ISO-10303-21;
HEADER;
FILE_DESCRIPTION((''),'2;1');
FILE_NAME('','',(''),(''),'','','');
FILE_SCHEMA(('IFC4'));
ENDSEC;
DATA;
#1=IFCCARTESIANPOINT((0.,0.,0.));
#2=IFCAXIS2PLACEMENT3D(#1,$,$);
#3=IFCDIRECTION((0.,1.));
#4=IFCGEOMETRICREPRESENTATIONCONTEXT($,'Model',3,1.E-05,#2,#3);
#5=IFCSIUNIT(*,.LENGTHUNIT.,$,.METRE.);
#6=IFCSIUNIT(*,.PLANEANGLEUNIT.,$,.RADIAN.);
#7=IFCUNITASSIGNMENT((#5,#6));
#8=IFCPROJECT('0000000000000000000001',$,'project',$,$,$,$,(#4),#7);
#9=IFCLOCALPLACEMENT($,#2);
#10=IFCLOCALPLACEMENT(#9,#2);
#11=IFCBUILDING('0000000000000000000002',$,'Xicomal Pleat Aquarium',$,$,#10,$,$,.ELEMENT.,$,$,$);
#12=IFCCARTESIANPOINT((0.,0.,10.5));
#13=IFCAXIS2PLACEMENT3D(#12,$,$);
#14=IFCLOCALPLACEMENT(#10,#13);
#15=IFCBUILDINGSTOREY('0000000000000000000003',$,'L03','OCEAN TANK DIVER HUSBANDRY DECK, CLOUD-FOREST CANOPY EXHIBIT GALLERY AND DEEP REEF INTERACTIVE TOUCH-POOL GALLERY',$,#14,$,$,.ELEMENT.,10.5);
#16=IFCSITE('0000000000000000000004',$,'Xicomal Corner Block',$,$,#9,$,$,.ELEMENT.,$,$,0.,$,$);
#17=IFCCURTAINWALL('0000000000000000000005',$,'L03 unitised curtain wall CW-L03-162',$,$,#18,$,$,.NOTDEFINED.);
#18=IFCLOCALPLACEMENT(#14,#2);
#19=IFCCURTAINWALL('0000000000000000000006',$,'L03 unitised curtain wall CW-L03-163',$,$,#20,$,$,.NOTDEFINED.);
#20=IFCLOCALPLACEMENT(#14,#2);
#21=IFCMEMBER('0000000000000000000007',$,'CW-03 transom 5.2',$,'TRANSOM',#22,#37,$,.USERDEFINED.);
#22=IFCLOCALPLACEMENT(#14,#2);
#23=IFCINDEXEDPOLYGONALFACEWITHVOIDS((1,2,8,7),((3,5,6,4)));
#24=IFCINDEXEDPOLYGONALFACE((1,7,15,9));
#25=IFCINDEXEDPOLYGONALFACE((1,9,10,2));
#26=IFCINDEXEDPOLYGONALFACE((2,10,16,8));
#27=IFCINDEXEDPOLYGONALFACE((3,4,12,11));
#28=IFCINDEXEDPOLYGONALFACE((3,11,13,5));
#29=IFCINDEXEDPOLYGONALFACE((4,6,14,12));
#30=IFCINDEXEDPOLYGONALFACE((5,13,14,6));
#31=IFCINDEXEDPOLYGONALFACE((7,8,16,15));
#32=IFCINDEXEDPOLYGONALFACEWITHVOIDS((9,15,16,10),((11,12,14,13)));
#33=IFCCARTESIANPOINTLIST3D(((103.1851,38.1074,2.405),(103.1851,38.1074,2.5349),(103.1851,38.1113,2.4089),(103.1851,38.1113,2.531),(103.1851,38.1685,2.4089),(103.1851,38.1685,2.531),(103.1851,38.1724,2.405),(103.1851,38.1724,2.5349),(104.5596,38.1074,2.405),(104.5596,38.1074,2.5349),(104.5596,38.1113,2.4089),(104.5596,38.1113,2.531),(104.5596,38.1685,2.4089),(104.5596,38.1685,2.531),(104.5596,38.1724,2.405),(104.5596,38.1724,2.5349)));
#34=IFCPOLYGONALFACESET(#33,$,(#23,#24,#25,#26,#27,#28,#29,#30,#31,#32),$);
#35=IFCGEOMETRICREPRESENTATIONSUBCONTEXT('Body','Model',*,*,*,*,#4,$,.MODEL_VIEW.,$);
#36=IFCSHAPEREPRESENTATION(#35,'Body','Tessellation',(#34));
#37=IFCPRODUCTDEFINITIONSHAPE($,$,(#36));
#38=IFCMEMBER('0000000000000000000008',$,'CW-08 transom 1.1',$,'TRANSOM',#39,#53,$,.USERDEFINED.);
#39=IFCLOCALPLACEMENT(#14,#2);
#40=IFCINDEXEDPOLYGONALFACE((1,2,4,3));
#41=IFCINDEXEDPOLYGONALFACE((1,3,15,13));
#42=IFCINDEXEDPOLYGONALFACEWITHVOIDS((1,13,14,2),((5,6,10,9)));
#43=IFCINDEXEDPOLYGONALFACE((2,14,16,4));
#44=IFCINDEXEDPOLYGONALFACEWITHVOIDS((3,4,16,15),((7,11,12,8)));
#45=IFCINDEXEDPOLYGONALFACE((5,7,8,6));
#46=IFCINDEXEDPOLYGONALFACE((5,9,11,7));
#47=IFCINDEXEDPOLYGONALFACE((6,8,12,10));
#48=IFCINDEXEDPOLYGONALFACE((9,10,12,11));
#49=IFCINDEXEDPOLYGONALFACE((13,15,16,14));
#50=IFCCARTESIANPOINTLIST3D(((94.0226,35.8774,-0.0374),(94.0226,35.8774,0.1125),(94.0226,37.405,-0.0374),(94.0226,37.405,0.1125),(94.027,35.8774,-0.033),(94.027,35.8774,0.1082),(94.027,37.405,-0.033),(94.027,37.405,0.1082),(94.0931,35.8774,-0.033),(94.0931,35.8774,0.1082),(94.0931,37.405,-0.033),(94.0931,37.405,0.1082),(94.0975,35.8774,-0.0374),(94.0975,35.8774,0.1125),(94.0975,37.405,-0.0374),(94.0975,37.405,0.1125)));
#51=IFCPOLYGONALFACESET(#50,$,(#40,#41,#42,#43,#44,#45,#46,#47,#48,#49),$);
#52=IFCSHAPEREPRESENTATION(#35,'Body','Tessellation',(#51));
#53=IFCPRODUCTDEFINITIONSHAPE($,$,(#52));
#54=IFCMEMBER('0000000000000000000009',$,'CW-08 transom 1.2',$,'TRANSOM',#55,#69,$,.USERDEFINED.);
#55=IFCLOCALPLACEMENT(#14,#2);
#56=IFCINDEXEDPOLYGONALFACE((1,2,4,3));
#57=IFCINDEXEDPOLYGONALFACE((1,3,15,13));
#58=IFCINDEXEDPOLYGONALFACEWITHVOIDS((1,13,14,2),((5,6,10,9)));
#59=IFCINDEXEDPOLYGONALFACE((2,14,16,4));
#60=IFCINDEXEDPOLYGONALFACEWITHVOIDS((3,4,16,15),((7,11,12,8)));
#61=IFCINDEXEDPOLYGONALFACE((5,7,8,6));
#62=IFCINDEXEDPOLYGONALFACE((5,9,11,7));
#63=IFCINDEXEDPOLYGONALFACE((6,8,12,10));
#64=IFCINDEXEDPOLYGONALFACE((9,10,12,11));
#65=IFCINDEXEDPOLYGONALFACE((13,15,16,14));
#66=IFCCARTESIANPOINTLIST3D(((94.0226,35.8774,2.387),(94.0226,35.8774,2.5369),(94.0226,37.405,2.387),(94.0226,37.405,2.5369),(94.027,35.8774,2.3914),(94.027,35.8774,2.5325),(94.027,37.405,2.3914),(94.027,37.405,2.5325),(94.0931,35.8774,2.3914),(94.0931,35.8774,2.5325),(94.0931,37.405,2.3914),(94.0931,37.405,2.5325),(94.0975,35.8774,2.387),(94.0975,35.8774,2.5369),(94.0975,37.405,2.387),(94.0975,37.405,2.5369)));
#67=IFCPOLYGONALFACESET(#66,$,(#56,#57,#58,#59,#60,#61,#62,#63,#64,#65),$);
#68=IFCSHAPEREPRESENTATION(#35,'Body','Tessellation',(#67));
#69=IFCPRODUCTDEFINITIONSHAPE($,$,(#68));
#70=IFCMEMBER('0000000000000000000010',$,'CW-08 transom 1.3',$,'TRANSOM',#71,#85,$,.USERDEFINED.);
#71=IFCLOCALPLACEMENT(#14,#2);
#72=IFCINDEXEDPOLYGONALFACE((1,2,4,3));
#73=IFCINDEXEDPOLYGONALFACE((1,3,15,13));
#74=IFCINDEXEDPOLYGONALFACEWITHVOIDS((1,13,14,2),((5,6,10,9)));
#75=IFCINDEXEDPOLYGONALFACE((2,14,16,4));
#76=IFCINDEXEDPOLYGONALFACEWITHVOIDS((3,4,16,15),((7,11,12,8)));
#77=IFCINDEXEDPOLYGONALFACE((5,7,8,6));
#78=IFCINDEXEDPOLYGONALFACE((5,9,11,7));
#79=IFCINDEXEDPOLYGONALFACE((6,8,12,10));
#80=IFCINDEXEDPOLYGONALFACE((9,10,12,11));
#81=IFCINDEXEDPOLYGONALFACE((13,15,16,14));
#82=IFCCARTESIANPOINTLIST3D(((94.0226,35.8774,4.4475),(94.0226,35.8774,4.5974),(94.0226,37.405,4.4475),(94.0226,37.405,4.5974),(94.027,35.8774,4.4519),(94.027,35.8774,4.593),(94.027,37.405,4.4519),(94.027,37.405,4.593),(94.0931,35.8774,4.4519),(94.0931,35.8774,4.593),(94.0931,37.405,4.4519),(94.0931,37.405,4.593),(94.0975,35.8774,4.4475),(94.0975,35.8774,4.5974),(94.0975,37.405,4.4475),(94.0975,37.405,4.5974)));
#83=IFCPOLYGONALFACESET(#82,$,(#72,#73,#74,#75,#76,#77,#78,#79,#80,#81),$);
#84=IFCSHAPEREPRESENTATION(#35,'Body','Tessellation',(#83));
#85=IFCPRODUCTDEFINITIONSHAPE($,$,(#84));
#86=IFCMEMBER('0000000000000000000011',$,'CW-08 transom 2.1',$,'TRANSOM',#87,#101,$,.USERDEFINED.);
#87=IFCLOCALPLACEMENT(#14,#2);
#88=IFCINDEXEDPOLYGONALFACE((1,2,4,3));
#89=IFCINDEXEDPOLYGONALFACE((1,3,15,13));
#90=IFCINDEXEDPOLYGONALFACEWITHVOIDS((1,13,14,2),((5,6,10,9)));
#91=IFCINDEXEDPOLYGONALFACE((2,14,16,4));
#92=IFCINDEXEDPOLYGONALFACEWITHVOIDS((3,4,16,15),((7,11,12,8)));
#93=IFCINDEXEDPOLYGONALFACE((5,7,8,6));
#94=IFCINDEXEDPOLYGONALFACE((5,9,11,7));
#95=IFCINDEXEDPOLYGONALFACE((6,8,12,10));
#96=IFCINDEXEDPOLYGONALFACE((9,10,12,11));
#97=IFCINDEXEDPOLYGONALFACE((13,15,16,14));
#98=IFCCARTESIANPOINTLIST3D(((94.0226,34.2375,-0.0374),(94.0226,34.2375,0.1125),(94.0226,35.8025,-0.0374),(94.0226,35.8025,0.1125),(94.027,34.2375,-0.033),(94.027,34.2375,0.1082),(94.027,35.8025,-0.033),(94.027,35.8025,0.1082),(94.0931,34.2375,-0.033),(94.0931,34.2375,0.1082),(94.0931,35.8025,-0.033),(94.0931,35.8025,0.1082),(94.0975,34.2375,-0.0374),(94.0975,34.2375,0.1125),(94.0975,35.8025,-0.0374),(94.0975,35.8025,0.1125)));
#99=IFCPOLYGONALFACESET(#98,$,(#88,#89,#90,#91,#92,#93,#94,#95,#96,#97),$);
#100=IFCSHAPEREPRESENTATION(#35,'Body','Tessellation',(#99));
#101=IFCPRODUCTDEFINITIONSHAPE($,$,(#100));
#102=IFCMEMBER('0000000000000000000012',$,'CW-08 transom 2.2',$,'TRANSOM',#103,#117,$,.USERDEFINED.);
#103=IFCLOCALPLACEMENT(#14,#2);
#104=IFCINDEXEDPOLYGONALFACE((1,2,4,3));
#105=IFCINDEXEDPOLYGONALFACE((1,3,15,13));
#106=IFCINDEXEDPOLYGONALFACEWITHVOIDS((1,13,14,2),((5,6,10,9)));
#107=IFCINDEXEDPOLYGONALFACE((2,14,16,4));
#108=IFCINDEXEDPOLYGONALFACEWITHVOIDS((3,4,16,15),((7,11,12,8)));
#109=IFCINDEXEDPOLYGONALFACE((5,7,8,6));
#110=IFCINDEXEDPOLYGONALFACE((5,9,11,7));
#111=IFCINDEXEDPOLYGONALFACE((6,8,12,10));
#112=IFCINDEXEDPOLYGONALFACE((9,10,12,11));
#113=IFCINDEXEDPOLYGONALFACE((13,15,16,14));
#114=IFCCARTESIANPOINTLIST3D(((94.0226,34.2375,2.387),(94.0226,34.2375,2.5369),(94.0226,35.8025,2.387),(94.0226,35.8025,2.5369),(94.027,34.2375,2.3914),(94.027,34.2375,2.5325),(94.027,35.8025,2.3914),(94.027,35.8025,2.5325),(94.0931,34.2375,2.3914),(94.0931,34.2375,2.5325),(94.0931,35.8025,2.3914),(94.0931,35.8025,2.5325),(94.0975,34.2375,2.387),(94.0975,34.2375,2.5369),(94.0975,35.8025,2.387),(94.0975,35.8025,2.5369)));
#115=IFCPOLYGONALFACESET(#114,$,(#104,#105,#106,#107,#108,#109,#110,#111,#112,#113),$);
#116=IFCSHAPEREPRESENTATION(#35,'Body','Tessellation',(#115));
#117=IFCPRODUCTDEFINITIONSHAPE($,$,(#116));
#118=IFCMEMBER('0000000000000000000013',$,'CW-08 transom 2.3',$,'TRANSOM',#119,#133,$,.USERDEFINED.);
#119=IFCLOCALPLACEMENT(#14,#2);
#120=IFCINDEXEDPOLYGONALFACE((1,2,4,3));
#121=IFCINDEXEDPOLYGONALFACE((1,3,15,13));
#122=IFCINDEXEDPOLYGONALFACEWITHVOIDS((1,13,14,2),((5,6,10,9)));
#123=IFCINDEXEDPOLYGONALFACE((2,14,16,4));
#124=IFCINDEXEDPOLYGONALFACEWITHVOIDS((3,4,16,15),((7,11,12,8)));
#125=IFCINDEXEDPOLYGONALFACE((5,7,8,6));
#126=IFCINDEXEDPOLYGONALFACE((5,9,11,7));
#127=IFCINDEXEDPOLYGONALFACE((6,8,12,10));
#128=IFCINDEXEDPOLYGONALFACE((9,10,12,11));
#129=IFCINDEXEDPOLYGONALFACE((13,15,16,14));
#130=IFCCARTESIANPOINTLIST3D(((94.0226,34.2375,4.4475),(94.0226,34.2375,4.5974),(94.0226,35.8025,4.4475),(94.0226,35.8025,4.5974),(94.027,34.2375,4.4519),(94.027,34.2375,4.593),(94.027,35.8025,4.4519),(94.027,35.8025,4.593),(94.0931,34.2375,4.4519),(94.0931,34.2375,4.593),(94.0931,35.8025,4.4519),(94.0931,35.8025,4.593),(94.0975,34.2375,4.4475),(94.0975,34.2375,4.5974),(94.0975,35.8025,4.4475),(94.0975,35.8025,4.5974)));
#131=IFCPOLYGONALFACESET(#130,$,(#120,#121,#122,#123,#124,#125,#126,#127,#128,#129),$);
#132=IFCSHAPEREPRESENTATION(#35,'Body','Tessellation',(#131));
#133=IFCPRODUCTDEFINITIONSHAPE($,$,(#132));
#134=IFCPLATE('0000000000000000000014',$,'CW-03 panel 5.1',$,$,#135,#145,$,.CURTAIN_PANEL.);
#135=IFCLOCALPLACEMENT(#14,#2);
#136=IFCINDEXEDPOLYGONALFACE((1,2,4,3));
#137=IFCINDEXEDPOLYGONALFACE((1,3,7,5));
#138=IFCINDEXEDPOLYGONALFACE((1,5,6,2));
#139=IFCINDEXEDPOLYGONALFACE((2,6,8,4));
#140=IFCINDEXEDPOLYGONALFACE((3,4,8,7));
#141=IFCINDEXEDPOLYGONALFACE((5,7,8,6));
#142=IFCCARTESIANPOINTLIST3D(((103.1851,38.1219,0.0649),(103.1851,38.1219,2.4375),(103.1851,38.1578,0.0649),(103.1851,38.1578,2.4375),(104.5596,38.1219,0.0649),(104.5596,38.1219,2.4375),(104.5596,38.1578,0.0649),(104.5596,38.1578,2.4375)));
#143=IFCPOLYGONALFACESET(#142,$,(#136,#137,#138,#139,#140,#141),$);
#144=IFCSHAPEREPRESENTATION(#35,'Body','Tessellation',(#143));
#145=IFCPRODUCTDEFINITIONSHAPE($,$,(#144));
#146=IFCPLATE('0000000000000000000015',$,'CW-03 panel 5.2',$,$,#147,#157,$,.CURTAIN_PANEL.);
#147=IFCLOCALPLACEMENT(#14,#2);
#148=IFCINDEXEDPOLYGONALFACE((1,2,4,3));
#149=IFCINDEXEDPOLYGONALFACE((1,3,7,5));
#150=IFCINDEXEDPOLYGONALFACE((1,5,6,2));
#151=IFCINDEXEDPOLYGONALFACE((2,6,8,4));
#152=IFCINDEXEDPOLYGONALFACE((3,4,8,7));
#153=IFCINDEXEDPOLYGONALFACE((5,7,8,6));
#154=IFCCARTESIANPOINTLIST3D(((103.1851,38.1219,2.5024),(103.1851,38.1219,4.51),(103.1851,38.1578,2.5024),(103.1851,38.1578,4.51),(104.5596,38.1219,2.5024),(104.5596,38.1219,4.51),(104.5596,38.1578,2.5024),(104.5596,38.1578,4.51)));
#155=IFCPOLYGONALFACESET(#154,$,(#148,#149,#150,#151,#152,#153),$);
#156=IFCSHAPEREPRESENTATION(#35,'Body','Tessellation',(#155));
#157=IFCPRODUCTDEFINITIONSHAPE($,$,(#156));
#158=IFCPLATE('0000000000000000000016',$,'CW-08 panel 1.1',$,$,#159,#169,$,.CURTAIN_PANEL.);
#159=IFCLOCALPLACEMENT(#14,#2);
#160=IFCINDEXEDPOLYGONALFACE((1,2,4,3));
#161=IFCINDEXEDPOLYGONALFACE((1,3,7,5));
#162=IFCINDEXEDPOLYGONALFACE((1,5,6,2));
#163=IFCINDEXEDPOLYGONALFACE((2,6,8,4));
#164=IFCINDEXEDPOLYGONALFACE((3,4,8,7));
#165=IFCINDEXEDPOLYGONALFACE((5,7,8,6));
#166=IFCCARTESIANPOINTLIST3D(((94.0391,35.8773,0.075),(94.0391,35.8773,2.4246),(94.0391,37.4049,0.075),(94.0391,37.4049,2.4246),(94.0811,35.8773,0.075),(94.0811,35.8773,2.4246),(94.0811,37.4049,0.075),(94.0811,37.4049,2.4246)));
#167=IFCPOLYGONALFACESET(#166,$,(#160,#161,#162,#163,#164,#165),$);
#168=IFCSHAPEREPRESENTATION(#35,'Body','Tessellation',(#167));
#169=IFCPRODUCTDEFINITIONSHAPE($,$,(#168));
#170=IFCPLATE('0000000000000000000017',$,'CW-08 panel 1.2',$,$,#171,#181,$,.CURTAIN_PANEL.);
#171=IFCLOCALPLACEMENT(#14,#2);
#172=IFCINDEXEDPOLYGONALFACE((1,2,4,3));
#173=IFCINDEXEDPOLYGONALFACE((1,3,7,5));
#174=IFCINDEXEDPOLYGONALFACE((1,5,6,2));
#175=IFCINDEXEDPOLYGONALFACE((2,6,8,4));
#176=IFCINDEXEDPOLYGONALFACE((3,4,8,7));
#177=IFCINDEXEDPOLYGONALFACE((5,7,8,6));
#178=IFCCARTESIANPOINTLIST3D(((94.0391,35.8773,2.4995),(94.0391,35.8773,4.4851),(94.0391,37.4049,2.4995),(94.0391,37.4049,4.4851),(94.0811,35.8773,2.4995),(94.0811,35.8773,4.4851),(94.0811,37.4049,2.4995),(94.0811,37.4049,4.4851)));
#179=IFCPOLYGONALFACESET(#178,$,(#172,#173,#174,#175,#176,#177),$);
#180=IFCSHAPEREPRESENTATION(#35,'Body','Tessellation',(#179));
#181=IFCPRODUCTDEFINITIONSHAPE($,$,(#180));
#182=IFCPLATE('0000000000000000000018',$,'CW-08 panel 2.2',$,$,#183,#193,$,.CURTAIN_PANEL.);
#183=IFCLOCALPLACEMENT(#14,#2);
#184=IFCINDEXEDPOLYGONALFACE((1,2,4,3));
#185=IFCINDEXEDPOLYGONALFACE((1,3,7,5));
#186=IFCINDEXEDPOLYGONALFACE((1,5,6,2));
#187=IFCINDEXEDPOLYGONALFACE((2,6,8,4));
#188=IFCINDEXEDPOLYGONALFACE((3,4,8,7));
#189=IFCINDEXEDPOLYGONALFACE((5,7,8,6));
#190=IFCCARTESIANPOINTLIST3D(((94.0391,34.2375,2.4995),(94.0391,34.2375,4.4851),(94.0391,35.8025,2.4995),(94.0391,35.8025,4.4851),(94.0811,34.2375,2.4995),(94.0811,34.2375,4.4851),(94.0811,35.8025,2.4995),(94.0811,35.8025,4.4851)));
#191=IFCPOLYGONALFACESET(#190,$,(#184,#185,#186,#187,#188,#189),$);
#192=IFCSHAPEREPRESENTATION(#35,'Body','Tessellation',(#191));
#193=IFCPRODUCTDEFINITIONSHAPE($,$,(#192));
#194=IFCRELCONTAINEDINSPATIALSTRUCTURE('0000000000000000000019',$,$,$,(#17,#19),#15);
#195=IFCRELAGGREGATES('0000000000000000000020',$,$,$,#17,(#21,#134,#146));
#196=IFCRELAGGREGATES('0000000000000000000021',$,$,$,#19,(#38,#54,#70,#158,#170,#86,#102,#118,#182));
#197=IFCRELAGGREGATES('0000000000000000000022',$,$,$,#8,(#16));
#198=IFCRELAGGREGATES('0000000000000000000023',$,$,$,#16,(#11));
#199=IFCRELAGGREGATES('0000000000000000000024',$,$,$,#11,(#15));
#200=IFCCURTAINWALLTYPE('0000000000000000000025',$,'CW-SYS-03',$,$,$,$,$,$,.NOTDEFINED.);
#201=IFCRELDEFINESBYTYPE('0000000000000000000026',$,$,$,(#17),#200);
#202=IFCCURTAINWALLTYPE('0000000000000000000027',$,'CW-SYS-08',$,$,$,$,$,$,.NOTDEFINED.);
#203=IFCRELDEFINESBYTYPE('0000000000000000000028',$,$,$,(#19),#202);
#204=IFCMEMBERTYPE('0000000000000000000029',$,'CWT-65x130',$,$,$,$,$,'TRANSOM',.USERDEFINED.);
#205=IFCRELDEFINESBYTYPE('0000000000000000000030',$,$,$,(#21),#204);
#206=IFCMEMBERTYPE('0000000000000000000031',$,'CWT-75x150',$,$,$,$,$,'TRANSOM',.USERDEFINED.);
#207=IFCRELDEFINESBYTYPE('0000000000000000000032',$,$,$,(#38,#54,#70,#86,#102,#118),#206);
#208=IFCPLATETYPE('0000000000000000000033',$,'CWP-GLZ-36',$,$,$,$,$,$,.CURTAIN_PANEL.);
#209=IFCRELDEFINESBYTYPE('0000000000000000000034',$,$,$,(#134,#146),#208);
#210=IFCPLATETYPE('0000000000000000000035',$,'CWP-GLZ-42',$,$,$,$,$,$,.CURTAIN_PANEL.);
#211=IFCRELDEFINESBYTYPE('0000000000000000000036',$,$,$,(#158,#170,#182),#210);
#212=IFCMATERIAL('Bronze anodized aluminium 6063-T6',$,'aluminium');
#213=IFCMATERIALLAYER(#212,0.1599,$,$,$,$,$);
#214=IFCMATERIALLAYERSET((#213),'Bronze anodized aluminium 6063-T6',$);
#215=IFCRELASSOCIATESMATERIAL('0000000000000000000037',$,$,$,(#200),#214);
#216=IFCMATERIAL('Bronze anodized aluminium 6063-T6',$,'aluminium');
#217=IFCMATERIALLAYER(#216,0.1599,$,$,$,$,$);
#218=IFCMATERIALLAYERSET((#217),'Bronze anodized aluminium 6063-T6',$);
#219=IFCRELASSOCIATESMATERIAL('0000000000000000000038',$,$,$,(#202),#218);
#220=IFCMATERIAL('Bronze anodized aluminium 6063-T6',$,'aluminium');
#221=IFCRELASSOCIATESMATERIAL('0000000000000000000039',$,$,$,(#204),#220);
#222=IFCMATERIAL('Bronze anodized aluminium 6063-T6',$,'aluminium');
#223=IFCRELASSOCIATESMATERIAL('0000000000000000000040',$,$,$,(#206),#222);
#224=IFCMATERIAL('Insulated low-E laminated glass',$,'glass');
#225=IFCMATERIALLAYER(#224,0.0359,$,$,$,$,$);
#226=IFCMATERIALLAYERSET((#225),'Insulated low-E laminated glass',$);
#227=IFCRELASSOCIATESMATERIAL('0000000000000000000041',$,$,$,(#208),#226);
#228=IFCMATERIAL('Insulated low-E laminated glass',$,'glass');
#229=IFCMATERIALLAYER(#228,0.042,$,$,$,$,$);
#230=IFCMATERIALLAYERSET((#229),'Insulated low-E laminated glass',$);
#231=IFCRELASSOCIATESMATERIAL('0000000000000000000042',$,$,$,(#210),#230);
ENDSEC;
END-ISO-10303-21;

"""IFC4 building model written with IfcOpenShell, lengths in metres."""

from ifc_helpers import new_model, si_unit, direction, frame, origin, origin_2d, place, context, subcontext, project, spatial, rectangle, hollow_rectangle, extrude, material, layer, layer_set, material_profile, profile_set, type_object, element, aggregate, save


model = new_model("IFC4")

# Units and contexts
model_context = context("Model", 3, precision=1e-05, world=origin(), true_north=direction((0.0, 1.0)))
body_context = subcontext(model_context, "Body", "Model", "MODEL_VIEW")
ifc_project = project(units=[si_unit("LENGTHUNIT", "METRE"), si_unit("PLANEANGLEUNIT", "RADIAN")], contexts=[model_context])

# Site, building, storey
site_placement = place(None, origin())
site = spatial("IfcSite", under=ifc_project, at=site_placement, Name="Xicomal Corner Block", CompositionType="ELEMENT", RefElevation=0.0)
building_placement = place(site_placement, origin())
building = spatial("IfcBuilding", under=site, at=building_placement, Name="Xicomal Pleat Aquarium", CompositionType="ELEMENT")
storey_placement = place(building_placement, frame((0.0, 0.0, 10.5)))
storey = spatial("IfcBuildingStorey", under=building, at=storey_placement, Name="L03", Description="OCEAN TANK DIVER HUSBANDRY DECK, CLOUD-FOREST CANOPY EXHIBIT GALLERY AND DEEP REEF INTERACTIVE TOUCH-POOL GALLERY", CompositionType="ELEMENT", Elevation=10.5)

# Curtain wall
ifc_material_1 = material(Name="Bronze anodized aluminium 6063-T6", Category="aluminium")
ifc_layer_1 = layer(ifc_material_1, 0.1599)
ifc_layer_set_1 = layer_set([ifc_layer_1], Name="Bronze anodized aluminium 6063-T6")
curtain_wall_type_1 = type_object("IfcCurtainWallType", Name="CW-SYS-03", PredefinedType="NOTDEFINED", material=ifc_layer_set_1)
curtain_wall_1_placement = place(storey_placement, origin())
curtain_wall_1 = element("IfcCurtainWall", 1, at=curtain_wall_1_placement, inside=storey, type_object=curtain_wall_type_1, Name="L03 unitised curtain wall CW-L03-162", PredefinedType="NOTDEFINED")

# Curtain wall
ifc_material_2 = material(Name="Bronze anodized aluminium 6063-T6", Category="aluminium")
ifc_layer_2 = layer(ifc_material_2, 0.1599)
ifc_layer_set_2 = layer_set([ifc_layer_2], Name="Bronze anodized aluminium 6063-T6")
curtain_wall_type_2 = type_object("IfcCurtainWallType", Name="CW-SYS-08", PredefinedType="NOTDEFINED", material=ifc_layer_set_2)
curtain_wall_2_placement = place(storey_placement, origin())
curtain_wall_2 = element("IfcCurtainWall", 2, at=curtain_wall_2_placement, inside=storey, type_object=curtain_wall_type_2, Name="L03 unitised curtain wall CW-L03-163", PredefinedType="NOTDEFINED")

# Members
ifc_material_3 = material(Name="Bronze anodized aluminium 6063-T6", Category="aluminium")
ifc_material_profile_1 = material_profile(ifc_material_3, hollow_rectangle(XDim=0.0649, YDim=0.1299, WallThickness=0.0039, at=origin_2d()), Name="ALU TRAN 65x130")
ifc_profile_set_1 = profile_set([ifc_material_profile_1], Name="Bronze anodized aluminium 6063-T6")
member_type_1 = type_object("IfcMemberType", Name="CWT-65x130", ElementType="TRANSOM", PredefinedType="USERDEFINED", material=ifc_profile_set_1)
member_1_placement = place(storey_placement, frame((104.5596, 38.1399, 2.47), z_axis=(-1.0, 0.0, 0.0), x_axis=(0.0, -1.0, 0.0)))
member_1 = element("IfcMember", 3, at=member_1_placement, type_object=member_type_1, Name="CW-03 transom 5.2", ObjectType="TRANSOM", PredefinedType="USERDEFINED", context=body_context, shape_type="SweptSolid", body=[
    extrude(hollow_rectangle(XDim=0.0649, YDim=0.1299, WallThickness=0.0039, at=origin_2d()), origin(), (0.0, 0.0, 1.0), 1.3745),
])
ifc_material_4 = material(Name="Bronze anodized aluminium 6063-T6", Category="aluminium")
ifc_material_profile_2 = material_profile(ifc_material_4, hollow_rectangle(XDim=0.075, YDim=0.1499, WallThickness=0.0044, at=origin_2d()), Name="ALU TRAN 75x150")
ifc_profile_set_2 = profile_set([ifc_material_profile_2], Name="Bronze anodized aluminium 6063-T6")
member_type_2 = type_object("IfcMemberType", Name="CWT-75x150", ElementType="TRANSOM", PredefinedType="USERDEFINED", material=ifc_profile_set_2)
member_2_placement = place(storey_placement, frame((94.0601, 37.405, 0.0376), z_axis=(0.0, -1.0, 0.0), x_axis=(1.0, 0.0, 0.0)))
member_2 = element("IfcMember", 4, at=member_2_placement, type_object=member_type_2, Name="CW-08 transom 1.1", ObjectType="TRANSOM", PredefinedType="USERDEFINED", context=body_context, shape_type="SweptSolid", body=[
    extrude(hollow_rectangle(XDim=0.075, YDim=0.1499, WallThickness=0.0044, at=origin_2d()), origin(), (0.0, 0.0, 1.0), 1.5276),
])
member_3_placement = place(storey_placement, frame((94.0601, 37.405, 2.4619), z_axis=(0.0, -1.0, 0.0), x_axis=(1.0, 0.0, 0.0)))
member_3 = element("IfcMember", 5, at=member_3_placement, type_object=member_type_2, Name="CW-08 transom 1.2", ObjectType="TRANSOM", PredefinedType="USERDEFINED", context=body_context, shape_type="SweptSolid", body=[
    extrude(hollow_rectangle(XDim=0.075, YDim=0.1499, WallThickness=0.0044, at=origin_2d()), origin(), (0.0, 0.0, 1.0), 1.5276),
])
member_4_placement = place(storey_placement, frame((94.0601, 37.405, 4.5225), z_axis=(0.0, -1.0, 0.0), x_axis=(1.0, 0.0, 0.0)))
member_4 = element("IfcMember", 6, at=member_4_placement, type_object=member_type_2, Name="CW-08 transom 1.3", ObjectType="TRANSOM", PredefinedType="USERDEFINED", context=body_context, shape_type="SweptSolid", body=[
    extrude(hollow_rectangle(XDim=0.075, YDim=0.1499, WallThickness=0.0044, at=origin_2d()), origin(), (0.0, 0.0, 1.0), 1.5276),
])
member_5_placement = place(storey_placement, frame((94.0601, 35.8025, 0.0376), z_axis=(0.0, -1.0, 0.0), x_axis=(1.0, 0.0, 0.0)))
member_5 = element("IfcMember", 7, at=member_5_placement, type_object=member_type_2, Name="CW-08 transom 2.1", ObjectType="TRANSOM", PredefinedType="USERDEFINED", context=body_context, shape_type="SweptSolid", body=[
    extrude(hollow_rectangle(XDim=0.075, YDim=0.1499, WallThickness=0.0044, at=origin_2d()), origin(), (0.0, 0.0, 1.0), 1.5649),
])
member_6_placement = place(storey_placement, frame((94.0601, 35.8025, 2.4619), z_axis=(0.0, -1.0, 0.0), x_axis=(1.0, 0.0, 0.0)))
member_6 = element("IfcMember", 8, at=member_6_placement, type_object=member_type_2, Name="CW-08 transom 2.2", ObjectType="TRANSOM", PredefinedType="USERDEFINED", context=body_context, shape_type="SweptSolid", body=[
    extrude(hollow_rectangle(XDim=0.075, YDim=0.1499, WallThickness=0.0044, at=origin_2d()), origin(), (0.0, 0.0, 1.0), 1.5649),
])
member_7_placement = place(storey_placement, frame((94.0601, 35.8025, 4.5225), z_axis=(0.0, -1.0, 0.0), x_axis=(1.0, 0.0, 0.0)))
member_7 = element("IfcMember", 9, at=member_7_placement, type_object=member_type_2, Name="CW-08 transom 2.3", ObjectType="TRANSOM", PredefinedType="USERDEFINED", context=body_context, shape_type="SweptSolid", body=[
    extrude(hollow_rectangle(XDim=0.075, YDim=0.1499, WallThickness=0.0044, at=origin_2d()), origin(), (0.0, 0.0, 1.0), 1.5649),
])

# Plates
ifc_material_5 = material(Name="Insulated low-E laminated glass", Category="glass")
ifc_layer_3 = layer(ifc_material_5, 0.0359)
ifc_layer_set_3 = layer_set([ifc_layer_3], Name="Insulated low-E laminated glass")
plate_type_1 = type_object("IfcPlateType", Name="CWP-GLZ-36", PredefinedType="CURTAIN_PANEL", material=ifc_layer_set_3)
plate_1_placement = place(storey_placement, frame((103.8723, 38.1399, 0.0649), z_axis=(0.0, 0.0, 1.0), x_axis=(-1.0, 0.0, 0.0)))
plate_1 = element("IfcPlate", 10, at=plate_1_placement, type_object=plate_type_1, Name="CW-03 panel 5.1", PredefinedType="CURTAIN_PANEL", context=body_context, shape_type="SweptSolid", body=[
    extrude(rectangle(XDim=1.3745, YDim=0.0359, at=origin_2d()), origin(), (0.0, 0.0, 1.0), 2.3726),
])
plate_2_placement = place(storey_placement, frame((103.8723, 38.1399, 2.5024), z_axis=(0.0, 0.0, 1.0), x_axis=(-1.0, 0.0, 0.0)))
plate_2 = element("IfcPlate", 11, at=plate_2_placement, type_object=plate_type_1, Name="CW-03 panel 5.2", PredefinedType="CURTAIN_PANEL", context=body_context, shape_type="SweptSolid", body=[
    extrude(rectangle(XDim=1.3745, YDim=0.0359, at=origin_2d()), origin(), (0.0, 0.0, 1.0), 2.0076),
])
aggregate(curtain_wall_1, [member_1, plate_1, plate_2])
ifc_material_6 = material(Name="Insulated low-E laminated glass", Category="glass")
ifc_layer_4 = layer(ifc_material_6, 0.042)
ifc_layer_set_4 = layer_set([ifc_layer_4], Name="Insulated low-E laminated glass")
plate_type_2 = type_object("IfcPlateType", Name="CWP-GLZ-42", PredefinedType="CURTAIN_PANEL", material=ifc_layer_set_4)
plate_3_placement = place(storey_placement, frame((94.0601, 36.6411, 0.075), z_axis=(0.0, 0.0, 1.0), x_axis=(0.0, -1.0, 0.0)))
plate_3 = element("IfcPlate", 12, at=plate_3_placement, type_object=plate_type_2, Name="CW-08 panel 1.1", PredefinedType="CURTAIN_PANEL", context=body_context, shape_type="SweptSolid", body=[
    extrude(rectangle(XDim=1.5276, YDim=0.042, at=origin_2d()), origin(), (0.0, 0.0, 1.0), 2.3496),
])
plate_4_placement = place(storey_placement, frame((94.0601, 36.6411, 2.4995), z_axis=(0.0, 0.0, 1.0), x_axis=(0.0, -1.0, 0.0)))
plate_4 = element("IfcPlate", 13, at=plate_4_placement, type_object=plate_type_2, Name="CW-08 panel 1.2", PredefinedType="CURTAIN_PANEL", context=body_context, shape_type="SweptSolid", body=[
    extrude(rectangle(XDim=1.5276, YDim=0.042, at=origin_2d()), origin(), (0.0, 0.0, 1.0), 1.9856),
])
plate_5_placement = place(storey_placement, frame((94.0601, 35.02, 2.4995), z_axis=(0.0, 0.0, 1.0), x_axis=(0.0, -1.0, 0.0)))
plate_5 = element("IfcPlate", 14, at=plate_5_placement, type_object=plate_type_2, Name="CW-08 panel 2.2", PredefinedType="CURTAIN_PANEL", context=body_context, shape_type="SweptSolid", body=[
    extrude(rectangle(XDim=1.5649, YDim=0.042, at=origin_2d()), origin(), (0.0, 0.0, 1.0), 1.9856),
])
aggregate(curtain_wall_2, [member_2, member_3, member_4, plate_3, plate_4, member_5, member_6, member_7, plate_5])

save(model, "model.ifc")
